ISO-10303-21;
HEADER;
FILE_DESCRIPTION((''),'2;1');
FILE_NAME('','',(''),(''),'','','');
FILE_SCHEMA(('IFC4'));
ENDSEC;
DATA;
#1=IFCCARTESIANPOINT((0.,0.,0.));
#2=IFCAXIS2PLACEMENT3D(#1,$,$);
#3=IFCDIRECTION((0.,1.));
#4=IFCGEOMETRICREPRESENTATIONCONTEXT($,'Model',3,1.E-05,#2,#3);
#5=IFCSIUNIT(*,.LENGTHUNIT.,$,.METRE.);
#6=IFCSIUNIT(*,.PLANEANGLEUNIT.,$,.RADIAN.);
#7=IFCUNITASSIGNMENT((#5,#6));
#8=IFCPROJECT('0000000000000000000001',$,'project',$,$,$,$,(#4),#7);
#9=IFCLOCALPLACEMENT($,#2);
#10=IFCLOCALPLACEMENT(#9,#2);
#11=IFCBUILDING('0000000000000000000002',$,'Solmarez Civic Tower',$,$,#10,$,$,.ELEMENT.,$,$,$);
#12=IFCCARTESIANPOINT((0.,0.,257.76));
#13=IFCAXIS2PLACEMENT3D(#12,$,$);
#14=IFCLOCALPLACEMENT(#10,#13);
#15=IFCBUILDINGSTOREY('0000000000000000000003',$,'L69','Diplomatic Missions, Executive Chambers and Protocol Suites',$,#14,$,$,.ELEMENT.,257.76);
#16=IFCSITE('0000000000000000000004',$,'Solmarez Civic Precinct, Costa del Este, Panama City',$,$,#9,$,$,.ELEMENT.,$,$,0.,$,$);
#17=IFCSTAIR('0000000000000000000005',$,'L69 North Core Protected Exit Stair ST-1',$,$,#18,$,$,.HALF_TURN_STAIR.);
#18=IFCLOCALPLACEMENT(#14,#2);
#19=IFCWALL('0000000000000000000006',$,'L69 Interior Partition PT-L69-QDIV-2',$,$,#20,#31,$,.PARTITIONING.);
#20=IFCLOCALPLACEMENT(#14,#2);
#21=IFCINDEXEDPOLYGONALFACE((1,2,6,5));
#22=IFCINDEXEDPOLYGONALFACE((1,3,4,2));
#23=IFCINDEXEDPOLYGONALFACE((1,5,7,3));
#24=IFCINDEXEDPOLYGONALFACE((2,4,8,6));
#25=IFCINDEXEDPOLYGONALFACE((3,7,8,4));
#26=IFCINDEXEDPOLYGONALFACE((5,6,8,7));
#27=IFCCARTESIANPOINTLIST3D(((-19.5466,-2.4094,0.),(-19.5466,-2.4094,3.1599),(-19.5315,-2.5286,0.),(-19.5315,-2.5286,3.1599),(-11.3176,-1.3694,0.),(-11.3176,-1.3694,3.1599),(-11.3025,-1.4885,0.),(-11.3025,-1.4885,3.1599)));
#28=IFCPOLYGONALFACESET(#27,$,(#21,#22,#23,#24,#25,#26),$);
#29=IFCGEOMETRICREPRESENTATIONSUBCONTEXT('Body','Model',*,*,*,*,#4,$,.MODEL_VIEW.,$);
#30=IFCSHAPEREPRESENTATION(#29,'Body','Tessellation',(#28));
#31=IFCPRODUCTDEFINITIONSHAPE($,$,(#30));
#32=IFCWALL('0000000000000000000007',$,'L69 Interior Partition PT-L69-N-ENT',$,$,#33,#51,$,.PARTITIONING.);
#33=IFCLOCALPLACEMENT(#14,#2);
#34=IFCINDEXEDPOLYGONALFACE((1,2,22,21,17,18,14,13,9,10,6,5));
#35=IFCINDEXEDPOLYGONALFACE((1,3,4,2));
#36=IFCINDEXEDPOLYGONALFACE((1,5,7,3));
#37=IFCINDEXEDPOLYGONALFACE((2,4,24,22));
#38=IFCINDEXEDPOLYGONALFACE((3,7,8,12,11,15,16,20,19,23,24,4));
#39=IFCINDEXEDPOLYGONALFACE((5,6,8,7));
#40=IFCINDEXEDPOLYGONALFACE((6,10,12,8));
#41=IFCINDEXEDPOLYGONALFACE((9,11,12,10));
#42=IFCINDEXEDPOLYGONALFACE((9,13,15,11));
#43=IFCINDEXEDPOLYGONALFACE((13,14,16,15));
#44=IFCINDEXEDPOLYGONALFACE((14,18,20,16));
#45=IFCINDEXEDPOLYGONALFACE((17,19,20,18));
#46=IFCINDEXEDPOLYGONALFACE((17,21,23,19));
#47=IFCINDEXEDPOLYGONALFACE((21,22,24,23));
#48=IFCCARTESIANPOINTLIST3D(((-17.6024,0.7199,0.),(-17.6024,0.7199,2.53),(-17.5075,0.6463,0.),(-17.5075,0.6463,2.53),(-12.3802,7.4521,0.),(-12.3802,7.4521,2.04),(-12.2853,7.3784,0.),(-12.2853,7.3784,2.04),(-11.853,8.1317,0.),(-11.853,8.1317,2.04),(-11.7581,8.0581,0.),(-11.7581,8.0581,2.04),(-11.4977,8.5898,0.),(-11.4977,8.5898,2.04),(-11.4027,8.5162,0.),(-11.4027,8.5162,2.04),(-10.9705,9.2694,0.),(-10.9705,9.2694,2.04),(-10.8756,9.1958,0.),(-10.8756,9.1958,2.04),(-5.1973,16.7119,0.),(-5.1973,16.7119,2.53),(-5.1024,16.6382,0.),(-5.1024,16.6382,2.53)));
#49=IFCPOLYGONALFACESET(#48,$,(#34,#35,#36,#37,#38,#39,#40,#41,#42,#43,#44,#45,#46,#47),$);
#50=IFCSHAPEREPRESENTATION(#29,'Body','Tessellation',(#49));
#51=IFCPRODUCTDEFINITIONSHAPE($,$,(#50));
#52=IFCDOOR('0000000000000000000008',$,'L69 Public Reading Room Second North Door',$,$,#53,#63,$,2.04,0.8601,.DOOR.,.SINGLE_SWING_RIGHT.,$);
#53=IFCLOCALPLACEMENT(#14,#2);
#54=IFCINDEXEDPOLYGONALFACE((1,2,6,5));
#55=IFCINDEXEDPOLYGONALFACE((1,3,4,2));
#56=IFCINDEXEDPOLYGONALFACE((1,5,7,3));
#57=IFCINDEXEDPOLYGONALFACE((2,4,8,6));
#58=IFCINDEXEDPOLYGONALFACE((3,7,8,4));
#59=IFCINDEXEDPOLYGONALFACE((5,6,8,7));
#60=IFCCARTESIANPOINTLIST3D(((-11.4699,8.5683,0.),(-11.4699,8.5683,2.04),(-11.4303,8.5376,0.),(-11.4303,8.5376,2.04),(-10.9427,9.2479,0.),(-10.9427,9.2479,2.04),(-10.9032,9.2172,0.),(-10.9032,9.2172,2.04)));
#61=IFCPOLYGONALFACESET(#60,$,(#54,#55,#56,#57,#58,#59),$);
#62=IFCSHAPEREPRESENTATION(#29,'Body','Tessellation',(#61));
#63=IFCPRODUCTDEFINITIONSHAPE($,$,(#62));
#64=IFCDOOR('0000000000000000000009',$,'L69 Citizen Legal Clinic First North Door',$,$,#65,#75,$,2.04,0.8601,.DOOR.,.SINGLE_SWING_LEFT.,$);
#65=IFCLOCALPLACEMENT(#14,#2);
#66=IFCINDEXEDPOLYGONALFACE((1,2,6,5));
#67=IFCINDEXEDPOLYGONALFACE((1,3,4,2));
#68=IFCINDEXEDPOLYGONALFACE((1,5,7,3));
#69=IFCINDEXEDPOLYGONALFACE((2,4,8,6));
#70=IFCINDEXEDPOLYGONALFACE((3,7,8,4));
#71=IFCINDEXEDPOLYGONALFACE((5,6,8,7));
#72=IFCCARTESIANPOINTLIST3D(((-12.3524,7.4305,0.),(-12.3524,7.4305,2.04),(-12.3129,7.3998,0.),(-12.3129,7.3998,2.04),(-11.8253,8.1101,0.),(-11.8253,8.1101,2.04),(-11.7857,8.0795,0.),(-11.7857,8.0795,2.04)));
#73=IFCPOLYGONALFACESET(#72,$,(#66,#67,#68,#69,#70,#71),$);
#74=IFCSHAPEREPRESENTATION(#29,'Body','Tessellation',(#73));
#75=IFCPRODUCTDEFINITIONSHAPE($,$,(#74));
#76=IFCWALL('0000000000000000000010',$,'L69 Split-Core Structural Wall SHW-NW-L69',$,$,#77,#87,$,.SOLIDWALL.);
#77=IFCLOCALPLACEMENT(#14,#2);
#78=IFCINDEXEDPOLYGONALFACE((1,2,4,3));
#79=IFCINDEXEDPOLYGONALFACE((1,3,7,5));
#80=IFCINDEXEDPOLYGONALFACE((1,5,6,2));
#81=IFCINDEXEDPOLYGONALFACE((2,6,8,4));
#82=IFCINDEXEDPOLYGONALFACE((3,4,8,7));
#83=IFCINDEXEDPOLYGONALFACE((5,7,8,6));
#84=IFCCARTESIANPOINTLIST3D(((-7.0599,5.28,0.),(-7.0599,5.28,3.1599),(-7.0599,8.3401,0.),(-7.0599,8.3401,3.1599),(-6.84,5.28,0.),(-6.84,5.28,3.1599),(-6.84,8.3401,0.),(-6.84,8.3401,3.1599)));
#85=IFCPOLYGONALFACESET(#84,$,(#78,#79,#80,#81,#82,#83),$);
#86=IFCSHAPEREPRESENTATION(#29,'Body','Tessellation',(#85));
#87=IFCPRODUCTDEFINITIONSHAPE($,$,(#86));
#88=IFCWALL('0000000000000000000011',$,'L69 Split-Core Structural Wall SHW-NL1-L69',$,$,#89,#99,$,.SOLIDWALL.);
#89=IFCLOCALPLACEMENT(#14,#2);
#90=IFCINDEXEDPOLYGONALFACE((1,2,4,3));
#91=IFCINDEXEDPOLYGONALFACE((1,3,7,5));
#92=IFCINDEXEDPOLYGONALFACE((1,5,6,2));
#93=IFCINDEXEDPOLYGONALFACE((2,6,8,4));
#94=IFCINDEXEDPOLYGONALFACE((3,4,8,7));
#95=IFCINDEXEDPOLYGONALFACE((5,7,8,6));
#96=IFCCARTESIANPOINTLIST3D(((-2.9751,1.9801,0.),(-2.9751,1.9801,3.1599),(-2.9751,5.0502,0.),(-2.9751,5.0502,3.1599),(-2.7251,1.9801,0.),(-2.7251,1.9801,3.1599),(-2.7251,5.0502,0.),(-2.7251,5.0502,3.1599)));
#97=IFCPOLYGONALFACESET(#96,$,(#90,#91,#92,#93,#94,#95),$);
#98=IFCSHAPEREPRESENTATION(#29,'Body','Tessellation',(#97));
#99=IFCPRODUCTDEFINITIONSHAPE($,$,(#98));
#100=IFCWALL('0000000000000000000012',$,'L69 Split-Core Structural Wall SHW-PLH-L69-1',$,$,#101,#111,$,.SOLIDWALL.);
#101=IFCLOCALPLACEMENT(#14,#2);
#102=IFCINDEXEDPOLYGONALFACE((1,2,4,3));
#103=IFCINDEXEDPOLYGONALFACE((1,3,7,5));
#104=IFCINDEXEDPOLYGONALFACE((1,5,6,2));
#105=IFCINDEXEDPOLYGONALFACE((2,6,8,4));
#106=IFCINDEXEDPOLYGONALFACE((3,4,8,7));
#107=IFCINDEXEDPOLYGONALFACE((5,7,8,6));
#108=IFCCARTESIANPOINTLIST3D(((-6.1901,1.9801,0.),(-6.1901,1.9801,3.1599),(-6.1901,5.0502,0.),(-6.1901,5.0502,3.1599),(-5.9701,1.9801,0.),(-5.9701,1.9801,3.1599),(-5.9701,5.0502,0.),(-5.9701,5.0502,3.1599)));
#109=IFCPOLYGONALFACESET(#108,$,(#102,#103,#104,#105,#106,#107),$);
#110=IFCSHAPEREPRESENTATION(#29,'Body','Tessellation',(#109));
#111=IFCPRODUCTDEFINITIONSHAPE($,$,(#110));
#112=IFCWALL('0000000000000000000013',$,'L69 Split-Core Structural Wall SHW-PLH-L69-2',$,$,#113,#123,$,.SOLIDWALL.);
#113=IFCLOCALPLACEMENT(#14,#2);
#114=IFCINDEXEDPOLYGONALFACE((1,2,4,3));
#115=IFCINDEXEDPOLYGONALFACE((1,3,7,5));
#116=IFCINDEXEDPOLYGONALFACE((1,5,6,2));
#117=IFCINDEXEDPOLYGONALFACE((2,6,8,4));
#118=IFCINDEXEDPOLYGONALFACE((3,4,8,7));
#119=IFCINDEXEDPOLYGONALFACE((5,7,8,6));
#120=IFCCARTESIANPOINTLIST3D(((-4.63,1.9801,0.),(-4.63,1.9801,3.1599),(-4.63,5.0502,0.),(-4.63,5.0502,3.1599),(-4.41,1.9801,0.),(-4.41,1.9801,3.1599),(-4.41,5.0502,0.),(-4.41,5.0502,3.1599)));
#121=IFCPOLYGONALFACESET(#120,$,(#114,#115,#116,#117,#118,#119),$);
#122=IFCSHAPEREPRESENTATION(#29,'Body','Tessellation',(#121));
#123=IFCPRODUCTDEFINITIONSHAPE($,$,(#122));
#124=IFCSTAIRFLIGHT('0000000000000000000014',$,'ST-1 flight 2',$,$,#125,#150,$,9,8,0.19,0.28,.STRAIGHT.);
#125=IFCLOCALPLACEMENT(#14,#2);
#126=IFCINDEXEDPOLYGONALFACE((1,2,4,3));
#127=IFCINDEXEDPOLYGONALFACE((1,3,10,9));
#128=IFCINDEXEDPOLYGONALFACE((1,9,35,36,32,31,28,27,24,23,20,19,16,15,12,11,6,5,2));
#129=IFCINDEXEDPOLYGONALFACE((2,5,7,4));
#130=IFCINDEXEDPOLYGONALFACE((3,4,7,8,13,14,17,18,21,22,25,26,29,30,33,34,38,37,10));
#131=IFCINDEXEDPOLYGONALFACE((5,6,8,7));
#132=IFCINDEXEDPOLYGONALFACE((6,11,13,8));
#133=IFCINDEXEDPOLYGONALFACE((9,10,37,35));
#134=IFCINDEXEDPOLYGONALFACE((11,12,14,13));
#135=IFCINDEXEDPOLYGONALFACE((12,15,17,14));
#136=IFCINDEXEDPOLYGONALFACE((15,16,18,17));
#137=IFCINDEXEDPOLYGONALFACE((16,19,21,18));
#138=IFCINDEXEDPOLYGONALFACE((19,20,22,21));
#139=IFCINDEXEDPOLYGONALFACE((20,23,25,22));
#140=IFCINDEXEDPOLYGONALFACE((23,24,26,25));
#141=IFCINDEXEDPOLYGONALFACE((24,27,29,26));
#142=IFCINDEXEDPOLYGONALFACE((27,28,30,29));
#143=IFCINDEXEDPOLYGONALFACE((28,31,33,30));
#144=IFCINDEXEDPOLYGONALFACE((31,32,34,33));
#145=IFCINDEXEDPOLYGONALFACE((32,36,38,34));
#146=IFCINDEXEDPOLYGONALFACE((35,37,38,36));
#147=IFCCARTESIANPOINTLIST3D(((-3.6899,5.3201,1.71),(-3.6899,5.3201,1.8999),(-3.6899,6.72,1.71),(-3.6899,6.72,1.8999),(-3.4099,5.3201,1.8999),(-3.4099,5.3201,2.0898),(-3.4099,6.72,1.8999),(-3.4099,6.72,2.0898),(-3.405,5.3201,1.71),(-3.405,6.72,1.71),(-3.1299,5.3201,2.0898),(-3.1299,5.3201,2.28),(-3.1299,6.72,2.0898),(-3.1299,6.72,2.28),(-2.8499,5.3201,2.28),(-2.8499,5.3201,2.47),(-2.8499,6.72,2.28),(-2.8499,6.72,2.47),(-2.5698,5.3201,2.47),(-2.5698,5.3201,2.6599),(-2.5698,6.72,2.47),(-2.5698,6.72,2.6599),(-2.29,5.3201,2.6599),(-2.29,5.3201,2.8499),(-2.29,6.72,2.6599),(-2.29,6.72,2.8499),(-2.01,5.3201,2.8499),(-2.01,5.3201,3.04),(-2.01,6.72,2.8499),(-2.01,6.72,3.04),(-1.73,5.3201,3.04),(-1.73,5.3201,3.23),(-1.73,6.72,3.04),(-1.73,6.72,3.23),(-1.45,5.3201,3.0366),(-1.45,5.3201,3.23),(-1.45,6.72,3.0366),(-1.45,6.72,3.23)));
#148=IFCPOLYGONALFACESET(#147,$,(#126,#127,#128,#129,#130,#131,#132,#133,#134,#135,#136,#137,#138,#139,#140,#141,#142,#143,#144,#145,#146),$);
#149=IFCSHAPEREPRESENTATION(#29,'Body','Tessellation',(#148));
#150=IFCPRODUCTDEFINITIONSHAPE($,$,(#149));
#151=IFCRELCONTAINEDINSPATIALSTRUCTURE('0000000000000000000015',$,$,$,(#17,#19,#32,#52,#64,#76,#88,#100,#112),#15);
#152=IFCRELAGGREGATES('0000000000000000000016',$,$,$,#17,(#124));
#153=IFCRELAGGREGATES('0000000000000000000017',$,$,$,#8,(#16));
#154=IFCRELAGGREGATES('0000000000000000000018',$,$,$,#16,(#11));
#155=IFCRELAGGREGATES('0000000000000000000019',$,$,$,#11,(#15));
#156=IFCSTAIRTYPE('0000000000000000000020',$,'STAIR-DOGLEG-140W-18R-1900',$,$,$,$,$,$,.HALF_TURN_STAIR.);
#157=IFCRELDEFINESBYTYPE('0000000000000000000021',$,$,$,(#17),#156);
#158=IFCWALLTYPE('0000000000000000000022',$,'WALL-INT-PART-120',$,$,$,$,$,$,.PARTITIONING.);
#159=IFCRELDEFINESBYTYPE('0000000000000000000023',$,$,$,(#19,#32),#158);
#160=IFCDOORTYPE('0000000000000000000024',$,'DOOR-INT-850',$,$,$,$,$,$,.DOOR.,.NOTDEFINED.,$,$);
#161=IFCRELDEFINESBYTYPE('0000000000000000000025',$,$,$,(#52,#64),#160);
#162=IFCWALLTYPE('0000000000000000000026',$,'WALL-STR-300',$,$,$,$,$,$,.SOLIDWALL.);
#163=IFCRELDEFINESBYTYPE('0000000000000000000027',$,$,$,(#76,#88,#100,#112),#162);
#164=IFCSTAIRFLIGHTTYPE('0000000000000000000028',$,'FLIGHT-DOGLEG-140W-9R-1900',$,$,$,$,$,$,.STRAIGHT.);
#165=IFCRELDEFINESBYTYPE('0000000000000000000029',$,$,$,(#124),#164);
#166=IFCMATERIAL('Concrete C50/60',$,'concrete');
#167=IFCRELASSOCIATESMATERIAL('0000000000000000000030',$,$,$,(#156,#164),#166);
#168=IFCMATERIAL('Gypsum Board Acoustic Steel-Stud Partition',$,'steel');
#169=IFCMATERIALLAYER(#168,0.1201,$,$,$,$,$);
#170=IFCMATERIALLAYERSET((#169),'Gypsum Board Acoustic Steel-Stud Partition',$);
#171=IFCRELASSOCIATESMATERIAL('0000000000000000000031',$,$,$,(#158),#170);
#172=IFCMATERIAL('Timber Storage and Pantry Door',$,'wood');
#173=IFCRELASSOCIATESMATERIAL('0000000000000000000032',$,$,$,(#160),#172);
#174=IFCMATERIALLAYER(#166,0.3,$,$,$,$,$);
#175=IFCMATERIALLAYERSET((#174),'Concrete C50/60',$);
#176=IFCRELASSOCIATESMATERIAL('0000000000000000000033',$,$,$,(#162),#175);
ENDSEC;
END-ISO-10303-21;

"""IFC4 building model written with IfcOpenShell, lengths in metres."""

from ifc_helpers import new_model, si_unit, direction, frame, frame_2d, origin, place, context, subcontext, project, spatial, polyline, rectangle, outline, extrude, material, layer, layer_set, type_object, element, fill, aggregate, save


model = new_model("IFC4")

# Units and contexts
model_context = context("Model", 3, precision=1e-05, world=origin(), true_north=direction((0.0, 1.0)))
body_context = subcontext(model_context, "Body", "Model", "MODEL_VIEW")
ifc_project = project(units=[si_unit("LENGTHUNIT", "METRE"), si_unit("PLANEANGLEUNIT", "RADIAN")], contexts=[model_context])

# Site, building, storey
site_placement = place(None, origin())
site = spatial("IfcSite", under=ifc_project, at=site_placement, Name="Solmarez Civic Precinct, Costa del Este, Panama City", CompositionType="ELEMENT", RefElevation=0.0)
building_placement = place(site_placement, origin())
building = spatial("IfcBuilding", under=site, at=building_placement, Name="Solmarez Civic Tower", CompositionType="ELEMENT")
storey_placement = place(building_placement, frame((0.0, 0.0, 257.76)))
storey = spatial("IfcBuildingStorey", under=building, at=storey_placement, Name="L69", Description="Diplomatic Missions, Executive Chambers and Protocol Suites", CompositionType="ELEMENT", Elevation=257.76)

# Shared definitions
ifc_material_1 = material(Name="Concrete C50/60", Category="concrete")

# Stair
stair_type = type_object("IfcStairType", Name="STAIR-DOGLEG-140W-18R-1900", PredefinedType="HALF_TURN_STAIR", material=ifc_material_1)
stair_placement = place(storey_placement, origin())
stair = element("IfcStair", 1, at=stair_placement, inside=storey, type_object=stair_type, Name="L69 North Core Protected Exit Stair ST-1", PredefinedType="HALF_TURN_STAIR")

# Wall
ifc_material_2 = material(Name="Gypsum Board Acoustic Steel-Stud Partition", Category="steel")
ifc_layer_1 = layer(ifc_material_2, 0.1201)
ifc_layer_set_1 = layer_set([ifc_layer_1], Name="Gypsum Board Acoustic Steel-Stud Partition")
wall_type_1 = type_object("IfcWallType", Name="WALL-INT-PART-120", PredefinedType="PARTITIONING", material=ifc_layer_set_1)
wall_1_placement = place(storey_placement, frame((-11.3101, -1.429, 0.0), z_axis=(0.0, 0.0, 1.0), x_axis=(-0.992108, -0.125389, 0.0)))
element("IfcWall", 2, at=wall_1_placement, inside=storey, type_object=wall_type_1, Name="L69 Interior Partition PT-L69-QDIV-2", PredefinedType="PARTITIONING", context=body_context, shape_type="SweptSolid", body=[
    extrude(rectangle(XDim=8.2944, YDim=0.1201, at=frame_2d((4.1472, 0.0))), origin(), (0.0, 0.0, 1.0), 3.1599),
])

# Wall, openings, doors
wall_2_placement = place(storey_placement, frame((-17.5549, 0.6831, 0.0), z_axis=(0.0, 0.0, 1.0), x_axis=(0.61292, 0.790145, 0.0)))
wall_2 = element("IfcWall", 3, at=wall_2_placement, inside=storey, type_object=wall_type_1, Name="L69 Interior Partition PT-L69-N-ENT", PredefinedType="PARTITIONING", context=body_context, shape_type="SweptSolid", body=[
    extrude(rectangle(XDim=20.2393, YDim=0.1201, at=frame_2d((10.1196, 0.0))), origin(), (0.0, 0.0, 1.0), 2.53),
])
opening_1_placement = place(wall_2_placement, frame((9.96, 0.0, 0.0)))
opening_1 = element("IfcOpeningElement", 4, at=opening_1_placement, cuts=wall_2, PredefinedType="OPENING", context=body_context, shape_type="SweptSolid", body=[
    extrude(rectangle(XDim=0.8601, YDim=2.04, at=frame_2d((0.4302, 1.02))), frame((0.0, 0.0701, 0.0), z_axis=(0.0, -1.0, 0.0), x_axis=(1.0, 0.0, 0.0)), (0.0, 0.0, 1.0), 0.1401),
])
opening_2_placement = place(wall_2_placement, frame((8.52, 0.0, 0.0)))
opening_2 = element("IfcOpeningElement", 5, at=opening_2_placement, cuts=wall_2, PredefinedType="OPENING", context=body_context, shape_type="SweptSolid", body=[
    extrude(rectangle(XDim=0.8601, YDim=2.04, at=frame_2d((0.4302, 1.02))), frame((0.0, 0.0701, 0.0), z_axis=(0.0, -1.0, 0.0), x_axis=(1.0, 0.0, 0.0)), (0.0, 0.0, 1.0), 0.1401),
])
ifc_material_3 = material(Name="Timber Storage and Pantry Door", Category="wood")
door_type_1 = type_object("IfcDoorType", Name="DOOR-INT-850", OperationType="NOTDEFINED", PredefinedType="DOOR", material=ifc_material_3)
door_1_placement = place(opening_1_placement, origin())
door_1 = element("IfcDoor", 6, at=door_1_placement, inside=storey, type_object=door_type_1, Name="L69 Public Reading Room Second North Door", OperationType="SINGLE_SWING_RIGHT", OverallHeight=2.04, OverallWidth=0.8601, PredefinedType="DOOR", context=body_context, shape_type="SweptSolid", body=[
    extrude(rectangle(XDim=0.8601, YDim=2.04, at=frame_2d((0.4302, 1.02))), frame((0.0, 0.0249, 0.0), z_axis=(0.0, -1.0, 0.0), x_axis=(1.0, 0.0, 0.0)), (0.0, 0.0, 1.0), 0.05),
])
fill(opening_1, door_1)
door_2_placement = place(opening_2_placement, origin())
door_2 = element("IfcDoor", 7, at=door_2_placement, inside=storey, type_object=door_type_1, Name="L69 Citizen Legal Clinic First North Door", OperationType="SINGLE_SWING_LEFT", OverallHeight=2.04, OverallWidth=0.8601, PredefinedType="DOOR", context=body_context, shape_type="SweptSolid", body=[
    extrude(rectangle(XDim=0.8601, YDim=2.04, at=frame_2d((0.4302, 1.02))), frame((0.0, 0.0249, 0.0), z_axis=(0.0, -1.0, 0.0), x_axis=(1.0, 0.0, 0.0)), (0.0, 0.0, 1.0), 0.05),
])
fill(opening_2, door_2)

# Walls
ifc_layer_2 = layer(ifc_material_1, 0.3)
ifc_layer_set_2 = layer_set([ifc_layer_2], Name="Concrete C50/60")
wall_type_2 = type_object("IfcWallType", Name="WALL-STR-300", PredefinedType="SOLIDWALL", material=ifc_layer_set_2)
wall_3_placement = place(storey_placement, frame((-6.95, 5.28, 0.0), z_axis=(0.0, 0.0, 1.0), x_axis=(0.0, 1.0, 0.0)))
element("IfcWall", 8, at=wall_3_placement, inside=storey, type_object=wall_type_2, Name="L69 Split-Core Structural Wall SHW-NW-L69", PredefinedType="SOLIDWALL", context=body_context, shape_type="SweptSolid", body=[
    extrude(rectangle(XDim=3.0601, YDim=0.22, at=frame_2d((1.53, 0.0))), origin(), (0.0, 0.0, 1.0), 3.1599),
])
wall_4_placement = place(storey_placement, frame((-2.8501, 1.98, 0.0), z_axis=(0.0, 0.0, 1.0), x_axis=(0.0, 1.0, 0.0)))
element("IfcWall", 9, at=wall_4_placement, inside=storey, type_object=wall_type_2, Name="L69 Split-Core Structural Wall SHW-NL1-L69", PredefinedType="SOLIDWALL", context=body_context, shape_type="SweptSolid", body=[
    extrude(rectangle(XDim=3.0701, YDim=0.25, at=frame_2d((1.5352, 0.0))), origin(), (0.0, 0.0, 1.0), 3.1599),
])
for number, where, z_axis, x_axis, name in (
    (10, (-6.0801, 1.98, 0.0), (0.0, 0.0, 1.0), (0.0, 1.0, 0.0), "L69 Split-Core Structural Wall SHW-PLH-L69-1"),
    (11, (-4.52, 1.98, 0.0), (0.0, 0.0, 1.0), (0.0, 1.0, 0.0), "L69 Split-Core Structural Wall SHW-PLH-L69-2"),
):
    element("IfcWall", number, at=place(storey_placement, frame(where, z_axis=z_axis, x_axis=x_axis)), inside=storey, type_object=wall_type_2, Name=name, PredefinedType="SOLIDWALL", context=body_context, shape_type="SweptSolid", body=[
        extrude(rectangle(XDim=3.0701, YDim=0.22, at=frame_2d((1.5352, 0.0))), origin(), (0.0, 0.0, 1.0), 3.1599),
    ])

# Stair flight
stair_flight_type = type_object("IfcStairFlightType", Name="FLIGHT-DOGLEG-140W-9R-1900", PredefinedType="STRAIGHT", material=ifc_material_1)
stair_flight_placement = place(storey_placement, frame((-3.6899, 6.02, 1.71), z_axis=(0.0, 0.0, 1.0), x_axis=(1.0, 0.0, 0.0)))
stair_flight = element("IfcStairFlight", 12, at=stair_flight_placement, type_object=stair_flight_type, Name="ST-1 flight 2", NumberOfRisers=9, NumberOfTreads=8, PredefinedType="STRAIGHT", RiserHeight=0.19, TreadLength=0.28, context=body_context, shape_type="SweptSolid", body=[
    extrude(outline(polyline([(0.0, 0.0), (0.0, 0.1899), (0.28, 0.1899), (0.28, 0.3799), (0.5601, 0.3799), (0.5601, 0.5701), (0.8401, 0.5701), (0.8401, 0.76), (1.1201, 0.76), (1.1201, 0.95), (1.3999, 0.95), (1.3999, 1.1399), (1.6799, 1.1399), (1.6799, 1.3301), (1.96, 1.3301), (1.96, 1.52), (2.24, 1.52), (2.24, 1.71), (2.24, 1.3267), (0.2849, 0.0), (0.0, 0.0)])), frame((0.0, 0.7, 0.0), z_axis=(0.0, -1.0, 0.0), x_axis=(1.0, 0.0, 0.0)), (0.0, 0.0, 1.0), 1.3999),
])
aggregate(stair, [stair_flight])

save(model, "model.ifc")
